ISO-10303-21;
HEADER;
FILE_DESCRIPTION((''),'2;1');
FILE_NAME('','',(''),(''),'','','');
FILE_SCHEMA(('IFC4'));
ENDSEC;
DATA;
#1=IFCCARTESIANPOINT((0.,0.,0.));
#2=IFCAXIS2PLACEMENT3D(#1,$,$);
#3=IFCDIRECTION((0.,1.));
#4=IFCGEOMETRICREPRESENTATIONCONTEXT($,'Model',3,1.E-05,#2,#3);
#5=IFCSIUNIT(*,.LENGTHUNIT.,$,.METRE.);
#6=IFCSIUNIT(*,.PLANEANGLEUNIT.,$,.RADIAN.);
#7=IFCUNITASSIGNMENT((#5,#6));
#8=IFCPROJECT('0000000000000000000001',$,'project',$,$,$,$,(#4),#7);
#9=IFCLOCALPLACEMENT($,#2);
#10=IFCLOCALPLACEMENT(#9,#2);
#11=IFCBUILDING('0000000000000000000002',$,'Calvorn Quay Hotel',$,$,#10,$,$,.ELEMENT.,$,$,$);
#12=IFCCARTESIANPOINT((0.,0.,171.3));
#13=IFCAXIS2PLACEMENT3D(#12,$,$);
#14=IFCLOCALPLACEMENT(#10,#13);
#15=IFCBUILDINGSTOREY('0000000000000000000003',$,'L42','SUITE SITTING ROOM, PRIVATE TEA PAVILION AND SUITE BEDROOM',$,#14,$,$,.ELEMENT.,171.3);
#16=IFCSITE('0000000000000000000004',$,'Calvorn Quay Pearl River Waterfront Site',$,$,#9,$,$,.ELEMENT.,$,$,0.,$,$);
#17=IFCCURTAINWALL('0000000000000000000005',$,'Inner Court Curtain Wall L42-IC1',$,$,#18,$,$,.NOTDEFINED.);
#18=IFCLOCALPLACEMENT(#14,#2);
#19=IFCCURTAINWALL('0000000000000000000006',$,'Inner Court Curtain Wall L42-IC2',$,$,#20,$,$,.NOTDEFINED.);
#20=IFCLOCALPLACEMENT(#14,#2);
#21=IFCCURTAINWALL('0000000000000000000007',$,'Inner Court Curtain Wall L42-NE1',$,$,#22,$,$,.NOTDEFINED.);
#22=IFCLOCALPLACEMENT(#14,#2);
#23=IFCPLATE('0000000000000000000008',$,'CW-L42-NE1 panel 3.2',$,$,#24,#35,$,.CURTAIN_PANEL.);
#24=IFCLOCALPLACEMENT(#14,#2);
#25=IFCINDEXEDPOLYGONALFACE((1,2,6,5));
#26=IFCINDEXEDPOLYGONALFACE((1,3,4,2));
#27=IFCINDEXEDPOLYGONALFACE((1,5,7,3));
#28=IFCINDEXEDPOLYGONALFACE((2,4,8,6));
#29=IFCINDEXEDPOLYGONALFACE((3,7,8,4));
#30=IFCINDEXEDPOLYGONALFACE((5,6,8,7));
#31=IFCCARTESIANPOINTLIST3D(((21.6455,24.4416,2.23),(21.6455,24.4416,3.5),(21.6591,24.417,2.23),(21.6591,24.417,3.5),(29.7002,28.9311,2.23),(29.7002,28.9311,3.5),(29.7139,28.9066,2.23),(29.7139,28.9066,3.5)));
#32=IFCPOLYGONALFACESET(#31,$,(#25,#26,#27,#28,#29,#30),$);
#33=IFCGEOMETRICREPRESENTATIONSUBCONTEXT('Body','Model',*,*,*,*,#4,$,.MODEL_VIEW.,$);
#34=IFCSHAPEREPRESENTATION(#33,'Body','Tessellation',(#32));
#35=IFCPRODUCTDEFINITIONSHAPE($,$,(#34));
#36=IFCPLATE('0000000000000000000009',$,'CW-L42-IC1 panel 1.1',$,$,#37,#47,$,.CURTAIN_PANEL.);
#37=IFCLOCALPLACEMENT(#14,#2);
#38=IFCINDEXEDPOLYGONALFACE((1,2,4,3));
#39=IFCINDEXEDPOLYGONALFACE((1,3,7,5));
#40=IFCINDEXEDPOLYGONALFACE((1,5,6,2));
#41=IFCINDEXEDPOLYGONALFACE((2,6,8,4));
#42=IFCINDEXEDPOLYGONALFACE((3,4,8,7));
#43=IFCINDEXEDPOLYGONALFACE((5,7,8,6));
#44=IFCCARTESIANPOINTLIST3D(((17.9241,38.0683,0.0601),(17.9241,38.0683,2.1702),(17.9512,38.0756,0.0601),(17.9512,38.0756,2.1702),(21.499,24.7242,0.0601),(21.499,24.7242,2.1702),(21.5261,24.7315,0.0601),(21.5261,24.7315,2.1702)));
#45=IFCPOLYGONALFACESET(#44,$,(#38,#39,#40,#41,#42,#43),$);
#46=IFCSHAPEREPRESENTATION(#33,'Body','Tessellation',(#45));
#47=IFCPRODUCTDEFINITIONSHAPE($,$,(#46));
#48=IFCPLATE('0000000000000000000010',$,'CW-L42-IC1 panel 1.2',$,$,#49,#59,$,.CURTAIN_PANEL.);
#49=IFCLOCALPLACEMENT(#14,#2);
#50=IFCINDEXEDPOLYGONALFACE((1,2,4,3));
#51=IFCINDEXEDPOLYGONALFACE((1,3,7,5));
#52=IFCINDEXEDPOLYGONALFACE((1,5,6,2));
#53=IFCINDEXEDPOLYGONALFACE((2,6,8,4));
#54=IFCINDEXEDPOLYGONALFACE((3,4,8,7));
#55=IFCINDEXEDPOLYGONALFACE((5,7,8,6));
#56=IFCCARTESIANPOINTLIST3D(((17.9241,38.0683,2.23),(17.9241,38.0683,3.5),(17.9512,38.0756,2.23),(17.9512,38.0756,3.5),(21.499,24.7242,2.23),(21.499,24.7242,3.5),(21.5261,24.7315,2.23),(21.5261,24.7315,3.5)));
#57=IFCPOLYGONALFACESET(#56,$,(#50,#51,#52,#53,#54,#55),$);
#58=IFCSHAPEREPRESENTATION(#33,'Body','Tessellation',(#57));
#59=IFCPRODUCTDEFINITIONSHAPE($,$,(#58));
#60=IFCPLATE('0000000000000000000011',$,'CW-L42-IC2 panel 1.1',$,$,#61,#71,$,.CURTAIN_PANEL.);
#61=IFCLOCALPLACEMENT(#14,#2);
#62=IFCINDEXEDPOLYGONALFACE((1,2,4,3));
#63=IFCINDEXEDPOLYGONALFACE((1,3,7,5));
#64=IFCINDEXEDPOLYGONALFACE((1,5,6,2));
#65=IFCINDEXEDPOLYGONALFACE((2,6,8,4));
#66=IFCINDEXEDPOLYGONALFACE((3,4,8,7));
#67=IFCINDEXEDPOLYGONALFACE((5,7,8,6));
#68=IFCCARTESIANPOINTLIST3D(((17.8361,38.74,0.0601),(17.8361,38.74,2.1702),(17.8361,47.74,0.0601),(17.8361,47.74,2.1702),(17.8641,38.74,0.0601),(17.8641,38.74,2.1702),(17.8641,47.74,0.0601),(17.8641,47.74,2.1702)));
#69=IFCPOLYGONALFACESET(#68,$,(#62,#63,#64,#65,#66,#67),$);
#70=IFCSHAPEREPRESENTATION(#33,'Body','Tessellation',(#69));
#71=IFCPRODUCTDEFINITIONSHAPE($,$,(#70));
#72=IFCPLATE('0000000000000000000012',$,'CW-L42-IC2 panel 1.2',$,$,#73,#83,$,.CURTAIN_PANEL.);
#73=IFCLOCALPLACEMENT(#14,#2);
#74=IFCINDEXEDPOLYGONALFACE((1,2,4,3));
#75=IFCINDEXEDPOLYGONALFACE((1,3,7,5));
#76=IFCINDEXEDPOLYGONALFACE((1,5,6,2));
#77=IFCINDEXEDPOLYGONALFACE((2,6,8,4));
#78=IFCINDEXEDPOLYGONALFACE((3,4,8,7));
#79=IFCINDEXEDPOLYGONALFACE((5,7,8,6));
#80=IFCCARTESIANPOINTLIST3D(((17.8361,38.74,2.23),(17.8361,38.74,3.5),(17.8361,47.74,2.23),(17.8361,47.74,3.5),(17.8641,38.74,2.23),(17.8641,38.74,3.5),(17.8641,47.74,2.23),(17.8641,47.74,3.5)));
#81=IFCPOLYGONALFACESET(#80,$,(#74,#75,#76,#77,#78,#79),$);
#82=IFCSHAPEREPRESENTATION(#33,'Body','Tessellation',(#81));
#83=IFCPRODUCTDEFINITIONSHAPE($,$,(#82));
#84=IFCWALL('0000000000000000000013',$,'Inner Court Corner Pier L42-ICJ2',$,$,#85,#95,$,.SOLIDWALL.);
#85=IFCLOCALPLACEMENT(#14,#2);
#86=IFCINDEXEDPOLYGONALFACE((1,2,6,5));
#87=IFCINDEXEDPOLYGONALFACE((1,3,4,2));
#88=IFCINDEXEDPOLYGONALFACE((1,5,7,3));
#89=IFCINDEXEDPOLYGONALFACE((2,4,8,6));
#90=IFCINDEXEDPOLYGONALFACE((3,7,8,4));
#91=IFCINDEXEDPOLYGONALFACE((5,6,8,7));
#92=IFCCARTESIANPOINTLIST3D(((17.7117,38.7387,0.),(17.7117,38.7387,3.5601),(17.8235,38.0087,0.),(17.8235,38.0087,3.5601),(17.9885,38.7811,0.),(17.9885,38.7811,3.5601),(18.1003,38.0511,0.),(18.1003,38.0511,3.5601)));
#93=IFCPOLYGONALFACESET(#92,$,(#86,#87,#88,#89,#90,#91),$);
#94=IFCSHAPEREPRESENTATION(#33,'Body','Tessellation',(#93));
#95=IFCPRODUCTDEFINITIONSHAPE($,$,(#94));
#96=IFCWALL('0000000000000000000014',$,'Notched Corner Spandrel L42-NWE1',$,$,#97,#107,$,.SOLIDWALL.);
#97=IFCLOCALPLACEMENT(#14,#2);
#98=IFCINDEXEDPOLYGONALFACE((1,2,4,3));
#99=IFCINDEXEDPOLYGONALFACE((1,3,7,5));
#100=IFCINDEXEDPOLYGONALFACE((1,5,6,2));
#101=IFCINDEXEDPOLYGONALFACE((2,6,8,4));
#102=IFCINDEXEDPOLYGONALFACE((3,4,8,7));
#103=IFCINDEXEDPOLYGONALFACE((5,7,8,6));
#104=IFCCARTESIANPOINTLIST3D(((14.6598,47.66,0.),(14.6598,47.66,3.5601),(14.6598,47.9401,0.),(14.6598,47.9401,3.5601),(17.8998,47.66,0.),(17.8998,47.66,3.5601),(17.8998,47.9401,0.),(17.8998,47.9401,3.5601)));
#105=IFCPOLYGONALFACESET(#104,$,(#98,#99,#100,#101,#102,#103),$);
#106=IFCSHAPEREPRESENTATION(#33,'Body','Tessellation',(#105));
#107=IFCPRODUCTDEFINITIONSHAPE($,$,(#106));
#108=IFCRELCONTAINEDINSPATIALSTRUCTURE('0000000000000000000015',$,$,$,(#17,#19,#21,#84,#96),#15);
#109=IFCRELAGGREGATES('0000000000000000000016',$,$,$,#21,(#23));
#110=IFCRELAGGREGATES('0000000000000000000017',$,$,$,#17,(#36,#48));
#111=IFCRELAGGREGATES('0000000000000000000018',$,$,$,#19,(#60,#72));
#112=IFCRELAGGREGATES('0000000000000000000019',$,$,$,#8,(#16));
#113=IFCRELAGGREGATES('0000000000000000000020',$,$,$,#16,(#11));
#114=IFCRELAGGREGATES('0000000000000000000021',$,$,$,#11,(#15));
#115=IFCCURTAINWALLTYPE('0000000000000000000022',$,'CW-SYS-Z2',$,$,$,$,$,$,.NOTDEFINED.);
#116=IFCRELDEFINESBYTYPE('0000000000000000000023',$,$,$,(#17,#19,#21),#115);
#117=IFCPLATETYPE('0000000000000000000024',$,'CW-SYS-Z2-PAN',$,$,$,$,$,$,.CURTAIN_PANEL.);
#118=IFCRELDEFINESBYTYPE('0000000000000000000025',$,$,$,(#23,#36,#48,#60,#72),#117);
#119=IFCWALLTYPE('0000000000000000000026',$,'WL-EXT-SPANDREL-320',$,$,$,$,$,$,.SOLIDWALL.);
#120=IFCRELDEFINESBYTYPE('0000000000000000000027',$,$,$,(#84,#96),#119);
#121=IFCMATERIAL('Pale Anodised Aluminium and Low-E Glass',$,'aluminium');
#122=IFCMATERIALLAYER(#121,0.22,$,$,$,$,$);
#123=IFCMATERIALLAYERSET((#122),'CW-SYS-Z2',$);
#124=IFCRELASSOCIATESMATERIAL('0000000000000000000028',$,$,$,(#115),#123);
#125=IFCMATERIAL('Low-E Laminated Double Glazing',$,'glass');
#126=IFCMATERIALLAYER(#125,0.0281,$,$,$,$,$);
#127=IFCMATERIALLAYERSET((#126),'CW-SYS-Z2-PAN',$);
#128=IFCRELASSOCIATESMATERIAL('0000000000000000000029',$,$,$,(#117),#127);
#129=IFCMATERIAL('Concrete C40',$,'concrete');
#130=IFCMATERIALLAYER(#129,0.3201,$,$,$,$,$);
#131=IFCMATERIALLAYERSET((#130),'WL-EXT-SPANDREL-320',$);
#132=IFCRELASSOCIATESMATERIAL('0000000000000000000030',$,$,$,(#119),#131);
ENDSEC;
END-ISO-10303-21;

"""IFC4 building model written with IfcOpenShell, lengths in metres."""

from ifc_helpers import new_model, si_unit, direction, frame, frame_2d, origin, origin_2d, place, context, subcontext, project, spatial, rectangle, extrude, material, layer, layer_set, type_object, element, aggregate, save


model = new_model("IFC4")

# Units and contexts
model_context = context("Model", 3, precision=1e-05, world=origin(), true_north=direction((0.0, 1.0)))
body_context = subcontext(model_context, "Body", "Model", "MODEL_VIEW")
ifc_project = project(units=[si_unit("LENGTHUNIT", "METRE"), si_unit("PLANEANGLEUNIT", "RADIAN")], contexts=[model_context])

# Site, building, storey
site_placement = place(None, origin())
site = spatial("IfcSite", under=ifc_project, at=site_placement, Name="Calvorn Quay Pearl River Waterfront Site", CompositionType="ELEMENT", RefElevation=0.0)
building_placement = place(site_placement, origin())
building = spatial("IfcBuilding", under=site, at=building_placement, Name="Calvorn Quay Hotel", CompositionType="ELEMENT")
storey_placement = place(building_placement, frame((0.0, 0.0, 171.3)))
storey = spatial("IfcBuildingStorey", under=building, at=storey_placement, Name="L42", Description="SUITE SITTING ROOM, PRIVATE TEA PAVILION AND SUITE BEDROOM", CompositionType="ELEMENT", Elevation=171.3)

# Curtain wall
ifc_material_1 = material(Name="Pale Anodised Aluminium and Low-E Glass", Category="aluminium")
ifc_layer_1 = layer(ifc_material_1, 0.22)
ifc_layer_set_1 = layer_set([ifc_layer_1], Name="CW-SYS-Z2")
curtain_wall_type = type_object("IfcCurtainWallType", Name="CW-SYS-Z2", PredefinedType="NOTDEFINED", material=ifc_layer_set_1)
curtain_wall_1_placement = place(storey_placement, origin())
curtain_wall_1 = element("IfcCurtainWall", 1, at=curtain_wall_1_placement, inside=storey, type_object=curtain_wall_type, Name="Inner Court Curtain Wall L42-IC1", PredefinedType="NOTDEFINED")

# Curtain wall
curtain_wall_2_placement = place(storey_placement, origin())
curtain_wall_2 = element("IfcCurtainWall", 2, at=curtain_wall_2_placement, inside=storey, type_object=curtain_wall_type, Name="Inner Court Curtain Wall L42-IC2", PredefinedType="NOTDEFINED")

# Curtain wall
curtain_wall_3_placement = place(storey_placement, origin())
curtain_wall_3 = element("IfcCurtainWall", 3, at=curtain_wall_3_placement, inside=storey, type_object=curtain_wall_type, Name="Inner Court Curtain Wall L42-NE1", PredefinedType="NOTDEFINED")

# Plates
ifc_material_2 = material(Name="Low-E Laminated Double Glazing", Category="glass")
ifc_layer_2 = layer(ifc_material_2, 0.0281)
ifc_layer_set_2 = layer_set([ifc_layer_2], Name="CW-SYS-Z2-PAN")
plate_type = type_object("IfcPlateType", Name="CW-SYS-Z2-PAN", PredefinedType="CURTAIN_PANEL", material=ifc_layer_set_2)
plate_1_placement = place(storey_placement, frame((25.6797, 26.6741, 2.23), z_axis=(0.0, 0.0, 1.0), x_axis=(-0.873481, -0.486858, 0.0)))
plate_1 = element("IfcPlate", 4, at=plate_1_placement, type_object=plate_type, Name="CW-L42-NE1 panel 3.2", PredefinedType="CURTAIN_PANEL", context=body_context, shape_type="SweptSolid", body=[
    extrude(rectangle(XDim=9.2214, YDim=0.0281, at=origin_2d()), origin(), (0.0, 0.0, 1.0), 1.27),
])
aggregate(curtain_wall_3, [plate_1])
plate_2_placement = place(storey_placement, frame((19.7251, 31.3999, 0.0601), z_axis=(0.0, 0.0, 1.0), x_axis=(-0.258779, 0.965937, 0.0)))
plate_2 = element("IfcPlate", 5, at=plate_2_placement, type_object=plate_type, Name="CW-L42-IC1 panel 1.1", PredefinedType="CURTAIN_PANEL", context=body_context, shape_type="SweptSolid", body=[
    extrude(rectangle(XDim=13.8147, YDim=0.0281, at=origin_2d()), origin(), (0.0, 0.0, 1.0), 2.1101),
])
plate_3_placement = place(storey_placement, frame((19.7251, 31.3999, 2.23), z_axis=(0.0, 0.0, 1.0), x_axis=(-0.258779, 0.965937, 0.0)))
plate_3 = element("IfcPlate", 6, at=plate_3_placement, type_object=plate_type, Name="CW-L42-IC1 panel 1.2", PredefinedType="CURTAIN_PANEL", context=body_context, shape_type="SweptSolid", body=[
    extrude(rectangle(XDim=13.8147, YDim=0.0281, at=origin_2d()), origin(), (0.0, 0.0, 1.0), 1.27),
])
aggregate(curtain_wall_1, [plate_2, plate_3])
plate_4_placement = place(storey_placement, frame((17.8501, 43.24, 0.0601), z_axis=(0.0, 0.0, 1.0), x_axis=(0.0, 1.0, 0.0)))
plate_4 = element("IfcPlate", 7, at=plate_4_placement, type_object=plate_type, Name="CW-L42-IC2 panel 1.1", PredefinedType="CURTAIN_PANEL", context=body_context, shape_type="SweptSolid", body=[
    extrude(rectangle(XDim=9.0, YDim=0.0281, at=origin_2d()), origin(), (0.0, 0.0, 1.0), 2.1101),
])
plate_5_placement = place(storey_placement, frame((17.8501, 43.24, 2.23), z_axis=(0.0, 0.0, 1.0), x_axis=(0.0, 1.0, 0.0)))
plate_5 = element("IfcPlate", 8, at=plate_5_placement, type_object=plate_type, Name="CW-L42-IC2 panel 1.2", PredefinedType="CURTAIN_PANEL", context=body_context, shape_type="SweptSolid", body=[
    extrude(rectangle(XDim=9.0, YDim=0.0281, at=origin_2d()), origin(), (0.0, 0.0, 1.0), 1.27),
])
aggregate(curtain_wall_2, [plate_4, plate_5])

# Walls
ifc_material_3 = material(Name="Concrete C40", Category="concrete")
ifc_layer_3 = layer(ifc_material_3, 0.3201)
ifc_layer_set_3 = layer_set([ifc_layer_3], Name="WL-EXT-SPANDREL-320")
wall_type = type_object("IfcWallType", Name="WL-EXT-SPANDREL-320", PredefinedType="SOLIDWALL", material=ifc_layer_set_3)
wall_1_placement = place(storey_placement, frame((17.9619, 38.03, 0.0), z_axis=(0.0, 0.0, 1.0), x_axis=(-0.151411, 0.988471, 0.0)))
element("IfcWall", 9, at=wall_1_placement, inside=storey, type_object=wall_type, Name="Inner Court Corner Pier L42-ICJ2", PredefinedType="SOLIDWALL", context=body_context, shape_type="SweptSolid", body=[
    extrude(rectangle(XDim=0.7385, YDim=0.28, at=frame_2d((0.3691, 0.0))), origin(), (0.0, 0.0, 1.0), 3.5601),
])
wall_2_placement = place(storey_placement, frame((17.8999, 47.8, 0.0), z_axis=(0.0, 0.0, 1.0), x_axis=(-1.0, 0.0, 0.0)))
element("IfcWall", 10, at=wall_2_placement, inside=storey, type_object=wall_type, Name="Notched Corner Spandrel L42-NWE1", PredefinedType="SOLIDWALL", context=body_context, shape_type="SweptSolid", body=[
    extrude(rectangle(XDim=3.24, YDim=0.28, at=frame_2d((1.6201, 0.0))), origin(), (0.0, 0.0, 1.0), 3.5601),
])

save(model, "model.ifc")
